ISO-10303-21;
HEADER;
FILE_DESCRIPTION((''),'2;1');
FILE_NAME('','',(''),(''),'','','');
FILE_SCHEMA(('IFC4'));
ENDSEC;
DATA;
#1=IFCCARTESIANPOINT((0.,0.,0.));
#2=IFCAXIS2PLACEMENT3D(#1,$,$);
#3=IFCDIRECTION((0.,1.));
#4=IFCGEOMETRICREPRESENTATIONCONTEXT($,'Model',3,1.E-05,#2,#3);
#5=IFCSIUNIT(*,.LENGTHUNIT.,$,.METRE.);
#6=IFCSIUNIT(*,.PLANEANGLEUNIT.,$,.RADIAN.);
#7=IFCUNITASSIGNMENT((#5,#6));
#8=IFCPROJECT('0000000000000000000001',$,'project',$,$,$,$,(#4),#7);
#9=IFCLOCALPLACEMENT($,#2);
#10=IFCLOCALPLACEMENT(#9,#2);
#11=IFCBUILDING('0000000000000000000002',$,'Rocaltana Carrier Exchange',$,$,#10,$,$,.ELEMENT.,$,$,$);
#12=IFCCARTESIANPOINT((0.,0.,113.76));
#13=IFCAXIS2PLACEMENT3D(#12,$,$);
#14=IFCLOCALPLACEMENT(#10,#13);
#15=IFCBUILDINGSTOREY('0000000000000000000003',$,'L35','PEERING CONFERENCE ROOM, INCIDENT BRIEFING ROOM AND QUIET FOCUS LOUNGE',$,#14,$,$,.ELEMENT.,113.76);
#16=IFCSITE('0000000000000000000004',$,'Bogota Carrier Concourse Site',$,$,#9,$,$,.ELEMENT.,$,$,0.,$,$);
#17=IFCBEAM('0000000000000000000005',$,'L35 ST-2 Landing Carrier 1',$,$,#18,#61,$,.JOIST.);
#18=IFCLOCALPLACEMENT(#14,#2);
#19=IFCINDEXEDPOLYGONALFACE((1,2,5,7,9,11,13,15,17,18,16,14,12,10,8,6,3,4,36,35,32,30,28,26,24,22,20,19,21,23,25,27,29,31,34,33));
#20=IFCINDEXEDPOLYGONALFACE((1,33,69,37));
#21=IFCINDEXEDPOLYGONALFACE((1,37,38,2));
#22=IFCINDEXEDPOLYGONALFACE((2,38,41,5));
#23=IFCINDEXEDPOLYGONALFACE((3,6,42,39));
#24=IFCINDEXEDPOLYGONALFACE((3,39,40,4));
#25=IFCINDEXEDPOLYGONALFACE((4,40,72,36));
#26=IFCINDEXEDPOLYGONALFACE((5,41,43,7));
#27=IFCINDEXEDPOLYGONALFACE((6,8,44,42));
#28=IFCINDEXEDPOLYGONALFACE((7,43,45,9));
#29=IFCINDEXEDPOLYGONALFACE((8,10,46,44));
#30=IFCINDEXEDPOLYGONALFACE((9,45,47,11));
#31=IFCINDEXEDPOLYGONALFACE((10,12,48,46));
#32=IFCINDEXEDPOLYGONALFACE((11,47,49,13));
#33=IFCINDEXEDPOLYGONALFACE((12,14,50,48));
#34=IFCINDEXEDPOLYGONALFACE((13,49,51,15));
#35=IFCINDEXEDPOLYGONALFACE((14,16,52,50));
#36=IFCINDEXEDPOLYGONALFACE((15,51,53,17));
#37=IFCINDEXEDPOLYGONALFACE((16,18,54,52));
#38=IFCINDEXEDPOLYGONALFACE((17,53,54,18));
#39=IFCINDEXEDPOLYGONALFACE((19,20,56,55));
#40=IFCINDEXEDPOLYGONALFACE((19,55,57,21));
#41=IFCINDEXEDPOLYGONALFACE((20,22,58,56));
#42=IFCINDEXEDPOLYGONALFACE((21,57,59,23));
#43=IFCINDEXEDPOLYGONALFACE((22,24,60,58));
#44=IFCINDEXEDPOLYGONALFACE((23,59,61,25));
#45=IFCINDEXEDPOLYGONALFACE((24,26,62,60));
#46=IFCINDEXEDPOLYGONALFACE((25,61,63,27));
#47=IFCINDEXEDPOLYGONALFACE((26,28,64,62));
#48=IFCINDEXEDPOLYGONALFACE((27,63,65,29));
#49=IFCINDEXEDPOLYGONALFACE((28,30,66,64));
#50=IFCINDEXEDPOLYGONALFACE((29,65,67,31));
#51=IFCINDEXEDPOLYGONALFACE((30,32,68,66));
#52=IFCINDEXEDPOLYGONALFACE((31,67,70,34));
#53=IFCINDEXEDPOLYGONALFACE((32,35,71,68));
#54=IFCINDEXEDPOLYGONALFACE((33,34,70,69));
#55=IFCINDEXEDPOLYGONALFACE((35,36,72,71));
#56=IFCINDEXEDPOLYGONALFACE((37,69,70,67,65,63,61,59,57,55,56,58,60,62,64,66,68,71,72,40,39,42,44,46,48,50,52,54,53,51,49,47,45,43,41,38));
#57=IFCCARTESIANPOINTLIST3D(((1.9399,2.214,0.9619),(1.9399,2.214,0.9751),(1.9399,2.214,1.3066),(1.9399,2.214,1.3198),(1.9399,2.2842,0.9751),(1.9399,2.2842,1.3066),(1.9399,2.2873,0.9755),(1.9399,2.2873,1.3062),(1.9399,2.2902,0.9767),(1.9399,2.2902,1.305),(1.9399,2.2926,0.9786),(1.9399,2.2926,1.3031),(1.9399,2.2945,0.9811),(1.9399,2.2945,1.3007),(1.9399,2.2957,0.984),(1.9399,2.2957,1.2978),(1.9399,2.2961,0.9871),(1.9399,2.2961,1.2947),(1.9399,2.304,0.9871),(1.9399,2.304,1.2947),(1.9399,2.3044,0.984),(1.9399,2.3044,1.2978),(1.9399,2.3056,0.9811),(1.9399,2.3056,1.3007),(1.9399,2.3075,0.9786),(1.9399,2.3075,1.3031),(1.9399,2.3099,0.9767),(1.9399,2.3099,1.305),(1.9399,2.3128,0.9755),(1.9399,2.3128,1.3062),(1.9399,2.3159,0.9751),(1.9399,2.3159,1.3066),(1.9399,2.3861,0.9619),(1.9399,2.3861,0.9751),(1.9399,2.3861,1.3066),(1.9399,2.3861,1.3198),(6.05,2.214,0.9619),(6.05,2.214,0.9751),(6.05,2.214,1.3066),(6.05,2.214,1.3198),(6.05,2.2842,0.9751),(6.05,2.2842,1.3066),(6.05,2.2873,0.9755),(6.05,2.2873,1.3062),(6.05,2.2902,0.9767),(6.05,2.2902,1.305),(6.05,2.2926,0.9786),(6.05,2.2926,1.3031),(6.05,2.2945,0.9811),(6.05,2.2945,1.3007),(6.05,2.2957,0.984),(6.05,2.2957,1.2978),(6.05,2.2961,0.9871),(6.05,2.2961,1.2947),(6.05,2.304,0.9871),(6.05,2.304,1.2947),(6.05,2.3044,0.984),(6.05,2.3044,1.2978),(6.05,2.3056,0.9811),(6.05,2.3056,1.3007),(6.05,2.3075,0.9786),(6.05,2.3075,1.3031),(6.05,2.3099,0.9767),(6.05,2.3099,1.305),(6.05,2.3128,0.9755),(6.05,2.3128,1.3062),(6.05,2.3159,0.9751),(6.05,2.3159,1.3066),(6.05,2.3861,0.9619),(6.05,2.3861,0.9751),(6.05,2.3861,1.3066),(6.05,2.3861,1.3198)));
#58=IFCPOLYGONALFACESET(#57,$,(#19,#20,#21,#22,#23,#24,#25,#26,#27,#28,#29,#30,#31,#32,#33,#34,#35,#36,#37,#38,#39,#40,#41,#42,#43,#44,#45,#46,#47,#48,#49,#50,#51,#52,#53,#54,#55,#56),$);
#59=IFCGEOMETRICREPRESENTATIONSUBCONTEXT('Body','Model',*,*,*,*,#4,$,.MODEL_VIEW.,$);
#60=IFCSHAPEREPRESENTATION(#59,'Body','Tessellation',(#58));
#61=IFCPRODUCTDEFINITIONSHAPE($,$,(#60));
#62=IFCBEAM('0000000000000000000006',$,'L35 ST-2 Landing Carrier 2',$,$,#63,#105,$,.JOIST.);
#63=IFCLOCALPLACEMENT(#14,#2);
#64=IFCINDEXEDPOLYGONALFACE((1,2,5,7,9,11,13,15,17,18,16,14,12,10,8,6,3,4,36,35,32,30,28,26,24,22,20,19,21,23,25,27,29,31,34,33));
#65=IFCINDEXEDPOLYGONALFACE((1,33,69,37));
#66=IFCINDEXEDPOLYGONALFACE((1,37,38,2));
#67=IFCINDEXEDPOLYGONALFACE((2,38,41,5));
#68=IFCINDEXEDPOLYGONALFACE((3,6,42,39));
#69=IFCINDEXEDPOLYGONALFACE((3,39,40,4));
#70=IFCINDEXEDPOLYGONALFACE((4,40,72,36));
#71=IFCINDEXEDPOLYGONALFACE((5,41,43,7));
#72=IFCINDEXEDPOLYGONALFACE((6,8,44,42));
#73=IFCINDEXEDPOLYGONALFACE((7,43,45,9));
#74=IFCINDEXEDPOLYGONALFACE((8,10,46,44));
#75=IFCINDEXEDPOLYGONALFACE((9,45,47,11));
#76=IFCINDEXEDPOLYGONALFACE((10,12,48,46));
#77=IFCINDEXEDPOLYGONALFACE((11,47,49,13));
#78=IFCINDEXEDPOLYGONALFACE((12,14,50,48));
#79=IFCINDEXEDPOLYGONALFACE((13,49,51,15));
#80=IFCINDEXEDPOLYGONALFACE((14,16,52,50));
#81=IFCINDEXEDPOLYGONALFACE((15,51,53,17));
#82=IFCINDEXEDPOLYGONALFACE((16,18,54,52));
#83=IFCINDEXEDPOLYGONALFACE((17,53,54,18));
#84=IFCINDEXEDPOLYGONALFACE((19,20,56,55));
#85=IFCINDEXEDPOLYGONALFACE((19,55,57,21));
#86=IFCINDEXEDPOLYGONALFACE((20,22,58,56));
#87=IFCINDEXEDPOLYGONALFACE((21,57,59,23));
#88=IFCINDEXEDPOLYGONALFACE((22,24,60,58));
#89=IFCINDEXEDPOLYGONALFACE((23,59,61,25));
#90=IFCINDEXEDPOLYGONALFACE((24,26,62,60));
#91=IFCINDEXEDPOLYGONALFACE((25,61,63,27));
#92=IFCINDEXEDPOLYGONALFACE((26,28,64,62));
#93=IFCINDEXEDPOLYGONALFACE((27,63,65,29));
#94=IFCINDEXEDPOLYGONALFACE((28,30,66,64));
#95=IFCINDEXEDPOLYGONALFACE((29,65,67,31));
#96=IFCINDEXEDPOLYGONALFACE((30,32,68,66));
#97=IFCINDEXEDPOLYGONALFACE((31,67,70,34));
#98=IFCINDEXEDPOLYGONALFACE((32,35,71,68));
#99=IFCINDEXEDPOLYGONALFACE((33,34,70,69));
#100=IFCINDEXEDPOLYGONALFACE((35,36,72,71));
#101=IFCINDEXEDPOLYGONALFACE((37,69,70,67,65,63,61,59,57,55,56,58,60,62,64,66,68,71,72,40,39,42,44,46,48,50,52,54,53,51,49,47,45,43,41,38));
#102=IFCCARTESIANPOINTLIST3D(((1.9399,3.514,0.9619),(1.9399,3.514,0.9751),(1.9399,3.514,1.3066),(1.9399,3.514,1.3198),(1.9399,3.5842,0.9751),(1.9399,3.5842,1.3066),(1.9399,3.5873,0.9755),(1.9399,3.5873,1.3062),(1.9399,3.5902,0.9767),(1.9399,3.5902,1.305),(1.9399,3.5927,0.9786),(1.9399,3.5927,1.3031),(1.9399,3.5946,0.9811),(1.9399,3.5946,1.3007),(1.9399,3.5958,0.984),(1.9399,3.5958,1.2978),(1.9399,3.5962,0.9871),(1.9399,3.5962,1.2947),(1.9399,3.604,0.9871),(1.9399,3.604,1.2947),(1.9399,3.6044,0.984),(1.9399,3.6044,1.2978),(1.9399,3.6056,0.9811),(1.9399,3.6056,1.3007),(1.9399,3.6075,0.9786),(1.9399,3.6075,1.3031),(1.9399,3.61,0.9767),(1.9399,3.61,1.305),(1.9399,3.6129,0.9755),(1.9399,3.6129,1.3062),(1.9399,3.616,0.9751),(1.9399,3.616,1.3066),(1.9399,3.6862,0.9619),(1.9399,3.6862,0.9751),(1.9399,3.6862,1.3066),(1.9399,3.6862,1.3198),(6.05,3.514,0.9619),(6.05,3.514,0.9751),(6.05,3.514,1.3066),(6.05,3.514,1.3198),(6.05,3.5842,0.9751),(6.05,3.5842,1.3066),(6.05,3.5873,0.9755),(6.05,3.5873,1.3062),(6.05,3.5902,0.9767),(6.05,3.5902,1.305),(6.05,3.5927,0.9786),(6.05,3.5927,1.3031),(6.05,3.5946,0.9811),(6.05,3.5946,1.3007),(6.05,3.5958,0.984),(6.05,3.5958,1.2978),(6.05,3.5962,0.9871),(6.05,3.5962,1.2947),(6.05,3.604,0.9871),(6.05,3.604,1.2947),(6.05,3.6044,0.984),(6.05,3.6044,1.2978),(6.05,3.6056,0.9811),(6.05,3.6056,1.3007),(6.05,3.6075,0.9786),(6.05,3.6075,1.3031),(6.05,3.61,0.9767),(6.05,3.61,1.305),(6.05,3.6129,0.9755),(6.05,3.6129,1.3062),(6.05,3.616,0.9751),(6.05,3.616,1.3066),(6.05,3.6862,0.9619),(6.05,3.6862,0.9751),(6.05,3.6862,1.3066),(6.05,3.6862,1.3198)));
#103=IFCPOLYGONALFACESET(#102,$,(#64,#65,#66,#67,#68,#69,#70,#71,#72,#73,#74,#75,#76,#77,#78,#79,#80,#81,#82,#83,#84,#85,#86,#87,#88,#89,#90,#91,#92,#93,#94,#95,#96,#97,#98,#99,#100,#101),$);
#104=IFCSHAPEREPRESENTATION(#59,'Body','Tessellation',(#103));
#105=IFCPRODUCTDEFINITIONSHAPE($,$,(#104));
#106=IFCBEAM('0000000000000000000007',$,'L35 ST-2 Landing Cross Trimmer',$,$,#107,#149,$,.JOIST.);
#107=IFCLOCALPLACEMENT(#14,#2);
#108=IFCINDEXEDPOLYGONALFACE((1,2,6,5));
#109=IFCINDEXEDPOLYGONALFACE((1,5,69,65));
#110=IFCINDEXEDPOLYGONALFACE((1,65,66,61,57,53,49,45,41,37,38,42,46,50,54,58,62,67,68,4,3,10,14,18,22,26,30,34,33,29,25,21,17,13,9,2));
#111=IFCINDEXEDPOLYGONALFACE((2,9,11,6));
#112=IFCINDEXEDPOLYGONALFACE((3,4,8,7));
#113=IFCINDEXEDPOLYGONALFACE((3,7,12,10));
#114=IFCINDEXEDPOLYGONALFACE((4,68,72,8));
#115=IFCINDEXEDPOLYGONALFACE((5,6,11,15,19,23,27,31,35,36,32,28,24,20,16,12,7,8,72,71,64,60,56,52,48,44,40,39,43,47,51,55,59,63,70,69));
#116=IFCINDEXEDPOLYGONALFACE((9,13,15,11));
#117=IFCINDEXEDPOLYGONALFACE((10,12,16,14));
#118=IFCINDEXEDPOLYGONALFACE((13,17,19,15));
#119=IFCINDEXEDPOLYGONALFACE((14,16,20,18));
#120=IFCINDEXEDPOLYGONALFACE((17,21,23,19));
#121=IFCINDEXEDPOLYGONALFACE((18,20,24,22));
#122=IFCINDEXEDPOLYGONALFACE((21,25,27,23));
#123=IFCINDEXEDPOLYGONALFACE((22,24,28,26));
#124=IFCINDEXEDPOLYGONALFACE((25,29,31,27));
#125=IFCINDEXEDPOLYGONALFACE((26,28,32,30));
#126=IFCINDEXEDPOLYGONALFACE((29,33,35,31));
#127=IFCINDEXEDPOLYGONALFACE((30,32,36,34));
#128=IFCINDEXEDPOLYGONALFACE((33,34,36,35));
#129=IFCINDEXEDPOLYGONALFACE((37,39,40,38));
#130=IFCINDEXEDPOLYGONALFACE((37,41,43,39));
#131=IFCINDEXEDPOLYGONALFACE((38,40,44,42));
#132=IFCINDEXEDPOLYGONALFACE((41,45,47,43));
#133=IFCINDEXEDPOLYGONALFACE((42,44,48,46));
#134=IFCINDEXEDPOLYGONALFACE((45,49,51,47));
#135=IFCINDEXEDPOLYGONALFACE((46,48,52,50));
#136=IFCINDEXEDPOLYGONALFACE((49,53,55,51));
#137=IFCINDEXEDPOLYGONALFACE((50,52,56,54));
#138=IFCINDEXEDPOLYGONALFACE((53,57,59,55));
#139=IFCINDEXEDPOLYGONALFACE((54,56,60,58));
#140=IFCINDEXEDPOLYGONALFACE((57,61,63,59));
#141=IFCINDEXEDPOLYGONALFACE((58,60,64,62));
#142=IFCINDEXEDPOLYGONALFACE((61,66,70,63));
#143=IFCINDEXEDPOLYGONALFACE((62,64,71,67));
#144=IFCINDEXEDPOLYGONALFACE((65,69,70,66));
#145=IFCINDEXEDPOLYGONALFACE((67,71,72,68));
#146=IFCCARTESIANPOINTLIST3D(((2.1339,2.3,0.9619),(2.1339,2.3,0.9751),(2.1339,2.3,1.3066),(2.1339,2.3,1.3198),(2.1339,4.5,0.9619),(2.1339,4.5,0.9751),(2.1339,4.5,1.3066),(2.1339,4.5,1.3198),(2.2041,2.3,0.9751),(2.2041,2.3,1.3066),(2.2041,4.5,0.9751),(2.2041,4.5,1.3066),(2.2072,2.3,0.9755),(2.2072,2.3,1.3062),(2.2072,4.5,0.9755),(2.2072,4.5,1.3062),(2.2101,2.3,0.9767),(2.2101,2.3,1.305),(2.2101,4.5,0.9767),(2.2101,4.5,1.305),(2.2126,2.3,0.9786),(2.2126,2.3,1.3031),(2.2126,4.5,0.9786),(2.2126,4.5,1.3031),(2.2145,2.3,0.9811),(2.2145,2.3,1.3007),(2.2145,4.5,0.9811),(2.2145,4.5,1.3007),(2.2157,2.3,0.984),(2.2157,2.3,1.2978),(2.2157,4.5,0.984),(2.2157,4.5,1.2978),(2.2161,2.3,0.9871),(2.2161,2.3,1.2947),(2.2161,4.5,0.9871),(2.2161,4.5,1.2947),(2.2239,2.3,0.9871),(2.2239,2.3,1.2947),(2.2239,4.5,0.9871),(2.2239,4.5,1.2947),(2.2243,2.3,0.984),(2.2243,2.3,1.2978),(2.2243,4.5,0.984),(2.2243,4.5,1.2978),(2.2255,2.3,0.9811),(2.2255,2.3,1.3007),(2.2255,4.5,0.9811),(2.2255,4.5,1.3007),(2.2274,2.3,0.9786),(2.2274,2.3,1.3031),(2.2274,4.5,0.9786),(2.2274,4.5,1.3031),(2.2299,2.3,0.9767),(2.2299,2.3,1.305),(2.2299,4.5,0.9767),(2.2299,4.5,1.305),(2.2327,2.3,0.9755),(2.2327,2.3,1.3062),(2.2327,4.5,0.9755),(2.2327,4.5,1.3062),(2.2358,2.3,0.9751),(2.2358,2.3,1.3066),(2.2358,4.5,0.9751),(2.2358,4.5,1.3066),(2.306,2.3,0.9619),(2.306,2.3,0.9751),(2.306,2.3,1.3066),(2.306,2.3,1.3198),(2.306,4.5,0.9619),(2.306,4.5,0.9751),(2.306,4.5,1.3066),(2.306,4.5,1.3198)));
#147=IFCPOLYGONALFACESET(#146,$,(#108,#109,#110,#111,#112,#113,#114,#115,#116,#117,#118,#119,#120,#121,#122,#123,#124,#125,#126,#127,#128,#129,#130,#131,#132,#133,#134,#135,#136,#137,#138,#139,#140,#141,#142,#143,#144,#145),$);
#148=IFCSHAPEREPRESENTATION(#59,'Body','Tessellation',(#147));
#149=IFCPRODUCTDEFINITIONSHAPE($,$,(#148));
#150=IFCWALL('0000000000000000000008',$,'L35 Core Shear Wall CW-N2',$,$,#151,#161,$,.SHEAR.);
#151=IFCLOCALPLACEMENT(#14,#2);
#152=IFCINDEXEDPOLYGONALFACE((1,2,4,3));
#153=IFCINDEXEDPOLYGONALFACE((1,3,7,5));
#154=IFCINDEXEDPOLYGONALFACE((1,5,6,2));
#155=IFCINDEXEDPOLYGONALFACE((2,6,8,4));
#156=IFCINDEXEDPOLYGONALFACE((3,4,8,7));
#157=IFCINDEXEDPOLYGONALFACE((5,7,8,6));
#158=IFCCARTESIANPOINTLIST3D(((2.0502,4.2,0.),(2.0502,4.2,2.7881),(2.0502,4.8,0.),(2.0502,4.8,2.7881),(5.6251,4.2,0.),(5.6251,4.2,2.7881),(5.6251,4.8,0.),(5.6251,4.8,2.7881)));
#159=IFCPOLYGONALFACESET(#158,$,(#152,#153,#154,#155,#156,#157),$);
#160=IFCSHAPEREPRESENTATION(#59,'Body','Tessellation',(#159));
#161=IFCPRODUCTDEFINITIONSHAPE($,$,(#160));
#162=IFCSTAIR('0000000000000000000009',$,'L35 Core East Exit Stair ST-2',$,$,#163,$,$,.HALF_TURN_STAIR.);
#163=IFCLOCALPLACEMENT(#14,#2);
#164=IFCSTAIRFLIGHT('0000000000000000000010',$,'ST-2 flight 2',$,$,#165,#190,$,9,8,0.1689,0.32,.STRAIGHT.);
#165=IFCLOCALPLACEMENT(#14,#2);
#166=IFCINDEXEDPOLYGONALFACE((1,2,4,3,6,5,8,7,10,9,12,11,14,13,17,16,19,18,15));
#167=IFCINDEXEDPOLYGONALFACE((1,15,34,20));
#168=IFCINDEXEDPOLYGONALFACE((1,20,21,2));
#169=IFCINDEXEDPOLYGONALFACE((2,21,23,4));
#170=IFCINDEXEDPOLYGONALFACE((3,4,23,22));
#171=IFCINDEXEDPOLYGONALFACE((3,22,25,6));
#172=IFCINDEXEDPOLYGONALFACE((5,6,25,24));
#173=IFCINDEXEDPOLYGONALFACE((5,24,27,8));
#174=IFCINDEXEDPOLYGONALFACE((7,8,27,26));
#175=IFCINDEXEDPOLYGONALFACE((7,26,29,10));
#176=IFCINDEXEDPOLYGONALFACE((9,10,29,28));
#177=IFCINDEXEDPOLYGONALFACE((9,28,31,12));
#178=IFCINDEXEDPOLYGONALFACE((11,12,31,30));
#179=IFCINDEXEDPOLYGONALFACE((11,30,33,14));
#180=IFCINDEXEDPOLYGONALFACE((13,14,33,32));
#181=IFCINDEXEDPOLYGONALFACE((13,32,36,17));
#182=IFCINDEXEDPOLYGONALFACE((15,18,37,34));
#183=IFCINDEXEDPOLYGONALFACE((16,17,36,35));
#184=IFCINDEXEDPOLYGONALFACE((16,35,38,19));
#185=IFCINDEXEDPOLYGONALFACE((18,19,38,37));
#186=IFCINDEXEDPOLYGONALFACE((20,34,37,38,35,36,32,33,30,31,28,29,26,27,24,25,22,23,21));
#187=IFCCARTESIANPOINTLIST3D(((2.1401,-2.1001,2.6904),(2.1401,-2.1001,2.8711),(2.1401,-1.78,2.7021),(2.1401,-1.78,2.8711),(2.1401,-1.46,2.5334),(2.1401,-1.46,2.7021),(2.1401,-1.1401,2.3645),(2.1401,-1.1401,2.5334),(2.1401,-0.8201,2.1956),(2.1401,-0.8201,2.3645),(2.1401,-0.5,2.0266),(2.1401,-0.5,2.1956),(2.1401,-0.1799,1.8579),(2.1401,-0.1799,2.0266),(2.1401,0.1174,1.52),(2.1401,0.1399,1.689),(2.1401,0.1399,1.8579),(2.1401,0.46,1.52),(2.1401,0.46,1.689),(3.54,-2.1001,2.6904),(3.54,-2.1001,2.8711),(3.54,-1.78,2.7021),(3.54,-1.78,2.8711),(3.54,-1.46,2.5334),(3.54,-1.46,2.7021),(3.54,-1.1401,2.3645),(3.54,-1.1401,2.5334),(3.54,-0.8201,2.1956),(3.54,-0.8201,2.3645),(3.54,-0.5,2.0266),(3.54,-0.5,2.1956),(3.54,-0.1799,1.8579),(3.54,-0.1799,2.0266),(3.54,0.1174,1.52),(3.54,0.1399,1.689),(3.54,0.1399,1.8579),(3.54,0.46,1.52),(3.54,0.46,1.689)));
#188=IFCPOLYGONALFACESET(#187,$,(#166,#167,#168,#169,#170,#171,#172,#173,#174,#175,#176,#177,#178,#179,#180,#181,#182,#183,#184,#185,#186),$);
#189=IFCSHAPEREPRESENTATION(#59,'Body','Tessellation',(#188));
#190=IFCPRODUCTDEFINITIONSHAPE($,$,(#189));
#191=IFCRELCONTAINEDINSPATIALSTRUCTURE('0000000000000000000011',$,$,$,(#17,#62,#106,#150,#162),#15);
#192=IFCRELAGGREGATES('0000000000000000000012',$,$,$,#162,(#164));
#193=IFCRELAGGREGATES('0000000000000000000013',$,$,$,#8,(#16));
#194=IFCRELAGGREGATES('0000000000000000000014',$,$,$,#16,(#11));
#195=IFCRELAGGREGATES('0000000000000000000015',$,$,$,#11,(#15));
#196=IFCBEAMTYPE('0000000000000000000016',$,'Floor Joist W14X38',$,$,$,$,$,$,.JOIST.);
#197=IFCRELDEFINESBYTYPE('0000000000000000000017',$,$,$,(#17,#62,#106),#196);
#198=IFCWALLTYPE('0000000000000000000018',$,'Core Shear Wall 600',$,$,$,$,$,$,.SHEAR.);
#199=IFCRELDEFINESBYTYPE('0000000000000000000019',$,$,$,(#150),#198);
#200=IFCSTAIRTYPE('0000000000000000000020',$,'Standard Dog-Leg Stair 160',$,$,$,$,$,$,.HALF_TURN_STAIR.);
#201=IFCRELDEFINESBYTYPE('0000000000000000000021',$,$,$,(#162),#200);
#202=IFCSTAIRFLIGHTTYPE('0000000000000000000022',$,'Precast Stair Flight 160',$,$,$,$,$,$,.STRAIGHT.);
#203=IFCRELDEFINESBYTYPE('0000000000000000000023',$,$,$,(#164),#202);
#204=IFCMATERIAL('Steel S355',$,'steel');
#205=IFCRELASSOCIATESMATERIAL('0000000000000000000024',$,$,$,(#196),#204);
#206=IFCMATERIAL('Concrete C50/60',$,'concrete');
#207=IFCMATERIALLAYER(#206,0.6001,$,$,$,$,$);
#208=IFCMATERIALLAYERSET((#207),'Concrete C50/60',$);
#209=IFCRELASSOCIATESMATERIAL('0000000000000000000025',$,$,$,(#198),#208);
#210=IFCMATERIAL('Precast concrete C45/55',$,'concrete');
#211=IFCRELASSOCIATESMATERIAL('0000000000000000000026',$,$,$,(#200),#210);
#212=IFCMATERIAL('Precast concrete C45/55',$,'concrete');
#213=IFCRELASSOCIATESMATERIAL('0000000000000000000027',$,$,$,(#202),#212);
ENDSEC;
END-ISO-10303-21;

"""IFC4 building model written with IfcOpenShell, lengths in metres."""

from ifc_helpers import new_model, si_unit, direction, frame, frame_2d, origin, origin_2d, place, context, subcontext, project, spatial, polyline, rectangle, i_section, outline, extrude, material, layer, layer_set, material_profile, profile_set, type_object, element, aggregate, save


model = new_model("IFC4")

# Units and contexts
model_context = context("Model", 3, precision=1e-05, world=origin(), true_north=direction((0.0, 1.0)))
body_context = subcontext(model_context, "Body", "Model", "MODEL_VIEW")
ifc_project = project(units=[si_unit("LENGTHUNIT", "METRE"), si_unit("PLANEANGLEUNIT", "RADIAN")], contexts=[model_context])

# Site, building, storey
site_placement = place(None, origin())
site = spatial("IfcSite", under=ifc_project, at=site_placement, Name="Bogota Carrier Concourse Site", CompositionType="ELEMENT", RefElevation=0.0)
building_placement = place(site_placement, origin())
building = spatial("IfcBuilding", under=site, at=building_placement, Name="Rocaltana Carrier Exchange", CompositionType="ELEMENT")
storey_placement = place(building_placement, frame((0.0, 0.0, 113.76)))
storey = spatial("IfcBuildingStorey", under=building, at=storey_placement, Name="L35", Description="PEERING CONFERENCE ROOM, INCIDENT BRIEFING ROOM AND QUIET FOCUS LOUNGE", CompositionType="ELEMENT", Elevation=113.76)

# Beams
ifc_material_1 = material(Name="Steel S355", Category="steel")
ifc_material_profile = material_profile(ifc_material_1, i_section(OverallWidth=0.1721, OverallDepth=0.3579, WebThickness=0.0078, FlangeThickness=0.0132, FilletRadius=0.012, at=origin_2d()), Name="W14X38")
ifc_profile_set = profile_set([ifc_material_profile], Name="Steel S355")
beam_type = type_object("IfcBeamType", Name="Floor Joist W14X38", PredefinedType="JOIST", material=ifc_profile_set)
for number, where, z_axis, x_axis, name in (
    (1, (1.9399, 2.3, 1.1409), (1.0, 0.0, 0.0), (0.0, 1.0, 0.0), "L35 ST-2 Landing Carrier 1"),
    (2, (1.9399, 3.6001, 1.1409), (1.0, 0.0, 0.0), (0.0, 1.0, 0.0), "L35 ST-2 Landing Carrier 2"),
):
    element("IfcBeam", number, at=place(storey_placement, frame(where, z_axis=z_axis, x_axis=x_axis)), inside=storey, type_object=beam_type, Name=name, PredefinedType="JOIST", context=body_context, shape_type="SweptSolid", body=[
        extrude(i_section(OverallWidth=0.1721, OverallDepth=0.3579, WebThickness=0.0078, FlangeThickness=0.0132, FilletRadius=0.012, at=origin_2d()), origin(), (0.0, 0.0, 1.0), 4.1101),
    ])
beam_placement = place(storey_placement, frame((2.22, 2.3, 1.1409), z_axis=(0.0, 1.0, 0.0), x_axis=(-1.0, 0.0, 0.0)))
element("IfcBeam", 3, at=beam_placement, inside=storey, type_object=beam_type, Name="L35 ST-2 Landing Cross Trimmer", PredefinedType="JOIST", context=body_context, shape_type="SweptSolid", body=[
    extrude(i_section(OverallWidth=0.1721, OverallDepth=0.3579, WebThickness=0.0078, FlangeThickness=0.0132, FilletRadius=0.012, at=origin_2d()), origin(), (0.0, 0.0, 1.0), 2.2),
])

# Wall
ifc_material_2 = material(Name="Concrete C50/60", Category="concrete")
ifc_layer_1 = layer(ifc_material_2, 0.6001)
ifc_layer_set_1 = layer_set([ifc_layer_1], Name="Concrete C50/60")
wall_type = type_object("IfcWallType", Name="Core Shear Wall 600", PredefinedType="SHEAR", material=ifc_layer_set_1)
wall_placement = place(storey_placement, frame((2.05, 4.5, 0.0), z_axis=(0.0, 0.0, 1.0), x_axis=(1.0, 0.0, 0.0)))
element("IfcWall", 4, at=wall_placement, inside=storey, type_object=wall_type, Name="L35 Core Shear Wall CW-N2", PredefinedType="SHEAR", context=body_context, shape_type="SweptSolid", body=[
    extrude(rectangle(XDim=3.575, YDim=0.6001, at=frame_2d((1.7876, 0.0))), origin(), (0.0, 0.0, 1.0), 2.7881),
])

# Stair, stair flight
ifc_material_3 = material(Name="Precast concrete C45/55", Category="concrete")
stair_type = type_object("IfcStairType", Name="Standard Dog-Leg Stair 160", PredefinedType="HALF_TURN_STAIR", material=ifc_material_3)
stair_placement = place(storey_placement, origin())
stair = element("IfcStair", 5, at=stair_placement, inside=storey, type_object=stair_type, Name="L35 Core East Exit Stair ST-2", PredefinedType="HALF_TURN_STAIR")
ifc_material_4 = material(Name="Precast concrete C45/55", Category="concrete")
stair_flight_type = type_object("IfcStairFlightType", Name="Precast Stair Flight 160", PredefinedType="STRAIGHT", material=ifc_material_4)
stair_flight_placement = place(storey_placement, frame((2.8401, 0.46, 1.52), z_axis=(0.0, 0.0, 1.0), x_axis=(0.0, -1.0, 0.0)))
stair_flight = element("IfcStairFlight", 6, at=stair_flight_placement, type_object=stair_flight_type, Name="ST-2 flight 2", NumberOfRisers=9, NumberOfTreads=8, PredefinedType="STRAIGHT", RiserHeight=0.1689, TreadLength=0.32, context=body_context, shape_type="SweptSolid", body=[
    extrude(outline(polyline([(0.0, 0.0), (0.0, 0.1689), (0.3201, 0.1689), (0.3201, 0.3379), (0.6399, 0.3379), (0.6399, 0.5066), (0.96, 0.5066), (0.96, 0.6755), (1.28, 0.6755), (1.28, 0.8445), (1.6001, 0.8445), (1.6001, 1.0134), (1.9199, 1.0134), (1.9199, 1.1821), (2.24, 1.1821), (2.24, 1.3511), (2.5601, 1.3511), (2.5601, 1.52), (2.5601, 1.1704), (0.3425, 0.0), (0.0, 0.0)])), frame((0.0, 0.7, 0.0), z_axis=(0.0, -1.0, 0.0), x_axis=(1.0, 0.0, 0.0)), (0.0, 0.0, 1.0), 1.3999),
])
aggregate(stair, [stair_flight])

save(model, "model.ifc")
